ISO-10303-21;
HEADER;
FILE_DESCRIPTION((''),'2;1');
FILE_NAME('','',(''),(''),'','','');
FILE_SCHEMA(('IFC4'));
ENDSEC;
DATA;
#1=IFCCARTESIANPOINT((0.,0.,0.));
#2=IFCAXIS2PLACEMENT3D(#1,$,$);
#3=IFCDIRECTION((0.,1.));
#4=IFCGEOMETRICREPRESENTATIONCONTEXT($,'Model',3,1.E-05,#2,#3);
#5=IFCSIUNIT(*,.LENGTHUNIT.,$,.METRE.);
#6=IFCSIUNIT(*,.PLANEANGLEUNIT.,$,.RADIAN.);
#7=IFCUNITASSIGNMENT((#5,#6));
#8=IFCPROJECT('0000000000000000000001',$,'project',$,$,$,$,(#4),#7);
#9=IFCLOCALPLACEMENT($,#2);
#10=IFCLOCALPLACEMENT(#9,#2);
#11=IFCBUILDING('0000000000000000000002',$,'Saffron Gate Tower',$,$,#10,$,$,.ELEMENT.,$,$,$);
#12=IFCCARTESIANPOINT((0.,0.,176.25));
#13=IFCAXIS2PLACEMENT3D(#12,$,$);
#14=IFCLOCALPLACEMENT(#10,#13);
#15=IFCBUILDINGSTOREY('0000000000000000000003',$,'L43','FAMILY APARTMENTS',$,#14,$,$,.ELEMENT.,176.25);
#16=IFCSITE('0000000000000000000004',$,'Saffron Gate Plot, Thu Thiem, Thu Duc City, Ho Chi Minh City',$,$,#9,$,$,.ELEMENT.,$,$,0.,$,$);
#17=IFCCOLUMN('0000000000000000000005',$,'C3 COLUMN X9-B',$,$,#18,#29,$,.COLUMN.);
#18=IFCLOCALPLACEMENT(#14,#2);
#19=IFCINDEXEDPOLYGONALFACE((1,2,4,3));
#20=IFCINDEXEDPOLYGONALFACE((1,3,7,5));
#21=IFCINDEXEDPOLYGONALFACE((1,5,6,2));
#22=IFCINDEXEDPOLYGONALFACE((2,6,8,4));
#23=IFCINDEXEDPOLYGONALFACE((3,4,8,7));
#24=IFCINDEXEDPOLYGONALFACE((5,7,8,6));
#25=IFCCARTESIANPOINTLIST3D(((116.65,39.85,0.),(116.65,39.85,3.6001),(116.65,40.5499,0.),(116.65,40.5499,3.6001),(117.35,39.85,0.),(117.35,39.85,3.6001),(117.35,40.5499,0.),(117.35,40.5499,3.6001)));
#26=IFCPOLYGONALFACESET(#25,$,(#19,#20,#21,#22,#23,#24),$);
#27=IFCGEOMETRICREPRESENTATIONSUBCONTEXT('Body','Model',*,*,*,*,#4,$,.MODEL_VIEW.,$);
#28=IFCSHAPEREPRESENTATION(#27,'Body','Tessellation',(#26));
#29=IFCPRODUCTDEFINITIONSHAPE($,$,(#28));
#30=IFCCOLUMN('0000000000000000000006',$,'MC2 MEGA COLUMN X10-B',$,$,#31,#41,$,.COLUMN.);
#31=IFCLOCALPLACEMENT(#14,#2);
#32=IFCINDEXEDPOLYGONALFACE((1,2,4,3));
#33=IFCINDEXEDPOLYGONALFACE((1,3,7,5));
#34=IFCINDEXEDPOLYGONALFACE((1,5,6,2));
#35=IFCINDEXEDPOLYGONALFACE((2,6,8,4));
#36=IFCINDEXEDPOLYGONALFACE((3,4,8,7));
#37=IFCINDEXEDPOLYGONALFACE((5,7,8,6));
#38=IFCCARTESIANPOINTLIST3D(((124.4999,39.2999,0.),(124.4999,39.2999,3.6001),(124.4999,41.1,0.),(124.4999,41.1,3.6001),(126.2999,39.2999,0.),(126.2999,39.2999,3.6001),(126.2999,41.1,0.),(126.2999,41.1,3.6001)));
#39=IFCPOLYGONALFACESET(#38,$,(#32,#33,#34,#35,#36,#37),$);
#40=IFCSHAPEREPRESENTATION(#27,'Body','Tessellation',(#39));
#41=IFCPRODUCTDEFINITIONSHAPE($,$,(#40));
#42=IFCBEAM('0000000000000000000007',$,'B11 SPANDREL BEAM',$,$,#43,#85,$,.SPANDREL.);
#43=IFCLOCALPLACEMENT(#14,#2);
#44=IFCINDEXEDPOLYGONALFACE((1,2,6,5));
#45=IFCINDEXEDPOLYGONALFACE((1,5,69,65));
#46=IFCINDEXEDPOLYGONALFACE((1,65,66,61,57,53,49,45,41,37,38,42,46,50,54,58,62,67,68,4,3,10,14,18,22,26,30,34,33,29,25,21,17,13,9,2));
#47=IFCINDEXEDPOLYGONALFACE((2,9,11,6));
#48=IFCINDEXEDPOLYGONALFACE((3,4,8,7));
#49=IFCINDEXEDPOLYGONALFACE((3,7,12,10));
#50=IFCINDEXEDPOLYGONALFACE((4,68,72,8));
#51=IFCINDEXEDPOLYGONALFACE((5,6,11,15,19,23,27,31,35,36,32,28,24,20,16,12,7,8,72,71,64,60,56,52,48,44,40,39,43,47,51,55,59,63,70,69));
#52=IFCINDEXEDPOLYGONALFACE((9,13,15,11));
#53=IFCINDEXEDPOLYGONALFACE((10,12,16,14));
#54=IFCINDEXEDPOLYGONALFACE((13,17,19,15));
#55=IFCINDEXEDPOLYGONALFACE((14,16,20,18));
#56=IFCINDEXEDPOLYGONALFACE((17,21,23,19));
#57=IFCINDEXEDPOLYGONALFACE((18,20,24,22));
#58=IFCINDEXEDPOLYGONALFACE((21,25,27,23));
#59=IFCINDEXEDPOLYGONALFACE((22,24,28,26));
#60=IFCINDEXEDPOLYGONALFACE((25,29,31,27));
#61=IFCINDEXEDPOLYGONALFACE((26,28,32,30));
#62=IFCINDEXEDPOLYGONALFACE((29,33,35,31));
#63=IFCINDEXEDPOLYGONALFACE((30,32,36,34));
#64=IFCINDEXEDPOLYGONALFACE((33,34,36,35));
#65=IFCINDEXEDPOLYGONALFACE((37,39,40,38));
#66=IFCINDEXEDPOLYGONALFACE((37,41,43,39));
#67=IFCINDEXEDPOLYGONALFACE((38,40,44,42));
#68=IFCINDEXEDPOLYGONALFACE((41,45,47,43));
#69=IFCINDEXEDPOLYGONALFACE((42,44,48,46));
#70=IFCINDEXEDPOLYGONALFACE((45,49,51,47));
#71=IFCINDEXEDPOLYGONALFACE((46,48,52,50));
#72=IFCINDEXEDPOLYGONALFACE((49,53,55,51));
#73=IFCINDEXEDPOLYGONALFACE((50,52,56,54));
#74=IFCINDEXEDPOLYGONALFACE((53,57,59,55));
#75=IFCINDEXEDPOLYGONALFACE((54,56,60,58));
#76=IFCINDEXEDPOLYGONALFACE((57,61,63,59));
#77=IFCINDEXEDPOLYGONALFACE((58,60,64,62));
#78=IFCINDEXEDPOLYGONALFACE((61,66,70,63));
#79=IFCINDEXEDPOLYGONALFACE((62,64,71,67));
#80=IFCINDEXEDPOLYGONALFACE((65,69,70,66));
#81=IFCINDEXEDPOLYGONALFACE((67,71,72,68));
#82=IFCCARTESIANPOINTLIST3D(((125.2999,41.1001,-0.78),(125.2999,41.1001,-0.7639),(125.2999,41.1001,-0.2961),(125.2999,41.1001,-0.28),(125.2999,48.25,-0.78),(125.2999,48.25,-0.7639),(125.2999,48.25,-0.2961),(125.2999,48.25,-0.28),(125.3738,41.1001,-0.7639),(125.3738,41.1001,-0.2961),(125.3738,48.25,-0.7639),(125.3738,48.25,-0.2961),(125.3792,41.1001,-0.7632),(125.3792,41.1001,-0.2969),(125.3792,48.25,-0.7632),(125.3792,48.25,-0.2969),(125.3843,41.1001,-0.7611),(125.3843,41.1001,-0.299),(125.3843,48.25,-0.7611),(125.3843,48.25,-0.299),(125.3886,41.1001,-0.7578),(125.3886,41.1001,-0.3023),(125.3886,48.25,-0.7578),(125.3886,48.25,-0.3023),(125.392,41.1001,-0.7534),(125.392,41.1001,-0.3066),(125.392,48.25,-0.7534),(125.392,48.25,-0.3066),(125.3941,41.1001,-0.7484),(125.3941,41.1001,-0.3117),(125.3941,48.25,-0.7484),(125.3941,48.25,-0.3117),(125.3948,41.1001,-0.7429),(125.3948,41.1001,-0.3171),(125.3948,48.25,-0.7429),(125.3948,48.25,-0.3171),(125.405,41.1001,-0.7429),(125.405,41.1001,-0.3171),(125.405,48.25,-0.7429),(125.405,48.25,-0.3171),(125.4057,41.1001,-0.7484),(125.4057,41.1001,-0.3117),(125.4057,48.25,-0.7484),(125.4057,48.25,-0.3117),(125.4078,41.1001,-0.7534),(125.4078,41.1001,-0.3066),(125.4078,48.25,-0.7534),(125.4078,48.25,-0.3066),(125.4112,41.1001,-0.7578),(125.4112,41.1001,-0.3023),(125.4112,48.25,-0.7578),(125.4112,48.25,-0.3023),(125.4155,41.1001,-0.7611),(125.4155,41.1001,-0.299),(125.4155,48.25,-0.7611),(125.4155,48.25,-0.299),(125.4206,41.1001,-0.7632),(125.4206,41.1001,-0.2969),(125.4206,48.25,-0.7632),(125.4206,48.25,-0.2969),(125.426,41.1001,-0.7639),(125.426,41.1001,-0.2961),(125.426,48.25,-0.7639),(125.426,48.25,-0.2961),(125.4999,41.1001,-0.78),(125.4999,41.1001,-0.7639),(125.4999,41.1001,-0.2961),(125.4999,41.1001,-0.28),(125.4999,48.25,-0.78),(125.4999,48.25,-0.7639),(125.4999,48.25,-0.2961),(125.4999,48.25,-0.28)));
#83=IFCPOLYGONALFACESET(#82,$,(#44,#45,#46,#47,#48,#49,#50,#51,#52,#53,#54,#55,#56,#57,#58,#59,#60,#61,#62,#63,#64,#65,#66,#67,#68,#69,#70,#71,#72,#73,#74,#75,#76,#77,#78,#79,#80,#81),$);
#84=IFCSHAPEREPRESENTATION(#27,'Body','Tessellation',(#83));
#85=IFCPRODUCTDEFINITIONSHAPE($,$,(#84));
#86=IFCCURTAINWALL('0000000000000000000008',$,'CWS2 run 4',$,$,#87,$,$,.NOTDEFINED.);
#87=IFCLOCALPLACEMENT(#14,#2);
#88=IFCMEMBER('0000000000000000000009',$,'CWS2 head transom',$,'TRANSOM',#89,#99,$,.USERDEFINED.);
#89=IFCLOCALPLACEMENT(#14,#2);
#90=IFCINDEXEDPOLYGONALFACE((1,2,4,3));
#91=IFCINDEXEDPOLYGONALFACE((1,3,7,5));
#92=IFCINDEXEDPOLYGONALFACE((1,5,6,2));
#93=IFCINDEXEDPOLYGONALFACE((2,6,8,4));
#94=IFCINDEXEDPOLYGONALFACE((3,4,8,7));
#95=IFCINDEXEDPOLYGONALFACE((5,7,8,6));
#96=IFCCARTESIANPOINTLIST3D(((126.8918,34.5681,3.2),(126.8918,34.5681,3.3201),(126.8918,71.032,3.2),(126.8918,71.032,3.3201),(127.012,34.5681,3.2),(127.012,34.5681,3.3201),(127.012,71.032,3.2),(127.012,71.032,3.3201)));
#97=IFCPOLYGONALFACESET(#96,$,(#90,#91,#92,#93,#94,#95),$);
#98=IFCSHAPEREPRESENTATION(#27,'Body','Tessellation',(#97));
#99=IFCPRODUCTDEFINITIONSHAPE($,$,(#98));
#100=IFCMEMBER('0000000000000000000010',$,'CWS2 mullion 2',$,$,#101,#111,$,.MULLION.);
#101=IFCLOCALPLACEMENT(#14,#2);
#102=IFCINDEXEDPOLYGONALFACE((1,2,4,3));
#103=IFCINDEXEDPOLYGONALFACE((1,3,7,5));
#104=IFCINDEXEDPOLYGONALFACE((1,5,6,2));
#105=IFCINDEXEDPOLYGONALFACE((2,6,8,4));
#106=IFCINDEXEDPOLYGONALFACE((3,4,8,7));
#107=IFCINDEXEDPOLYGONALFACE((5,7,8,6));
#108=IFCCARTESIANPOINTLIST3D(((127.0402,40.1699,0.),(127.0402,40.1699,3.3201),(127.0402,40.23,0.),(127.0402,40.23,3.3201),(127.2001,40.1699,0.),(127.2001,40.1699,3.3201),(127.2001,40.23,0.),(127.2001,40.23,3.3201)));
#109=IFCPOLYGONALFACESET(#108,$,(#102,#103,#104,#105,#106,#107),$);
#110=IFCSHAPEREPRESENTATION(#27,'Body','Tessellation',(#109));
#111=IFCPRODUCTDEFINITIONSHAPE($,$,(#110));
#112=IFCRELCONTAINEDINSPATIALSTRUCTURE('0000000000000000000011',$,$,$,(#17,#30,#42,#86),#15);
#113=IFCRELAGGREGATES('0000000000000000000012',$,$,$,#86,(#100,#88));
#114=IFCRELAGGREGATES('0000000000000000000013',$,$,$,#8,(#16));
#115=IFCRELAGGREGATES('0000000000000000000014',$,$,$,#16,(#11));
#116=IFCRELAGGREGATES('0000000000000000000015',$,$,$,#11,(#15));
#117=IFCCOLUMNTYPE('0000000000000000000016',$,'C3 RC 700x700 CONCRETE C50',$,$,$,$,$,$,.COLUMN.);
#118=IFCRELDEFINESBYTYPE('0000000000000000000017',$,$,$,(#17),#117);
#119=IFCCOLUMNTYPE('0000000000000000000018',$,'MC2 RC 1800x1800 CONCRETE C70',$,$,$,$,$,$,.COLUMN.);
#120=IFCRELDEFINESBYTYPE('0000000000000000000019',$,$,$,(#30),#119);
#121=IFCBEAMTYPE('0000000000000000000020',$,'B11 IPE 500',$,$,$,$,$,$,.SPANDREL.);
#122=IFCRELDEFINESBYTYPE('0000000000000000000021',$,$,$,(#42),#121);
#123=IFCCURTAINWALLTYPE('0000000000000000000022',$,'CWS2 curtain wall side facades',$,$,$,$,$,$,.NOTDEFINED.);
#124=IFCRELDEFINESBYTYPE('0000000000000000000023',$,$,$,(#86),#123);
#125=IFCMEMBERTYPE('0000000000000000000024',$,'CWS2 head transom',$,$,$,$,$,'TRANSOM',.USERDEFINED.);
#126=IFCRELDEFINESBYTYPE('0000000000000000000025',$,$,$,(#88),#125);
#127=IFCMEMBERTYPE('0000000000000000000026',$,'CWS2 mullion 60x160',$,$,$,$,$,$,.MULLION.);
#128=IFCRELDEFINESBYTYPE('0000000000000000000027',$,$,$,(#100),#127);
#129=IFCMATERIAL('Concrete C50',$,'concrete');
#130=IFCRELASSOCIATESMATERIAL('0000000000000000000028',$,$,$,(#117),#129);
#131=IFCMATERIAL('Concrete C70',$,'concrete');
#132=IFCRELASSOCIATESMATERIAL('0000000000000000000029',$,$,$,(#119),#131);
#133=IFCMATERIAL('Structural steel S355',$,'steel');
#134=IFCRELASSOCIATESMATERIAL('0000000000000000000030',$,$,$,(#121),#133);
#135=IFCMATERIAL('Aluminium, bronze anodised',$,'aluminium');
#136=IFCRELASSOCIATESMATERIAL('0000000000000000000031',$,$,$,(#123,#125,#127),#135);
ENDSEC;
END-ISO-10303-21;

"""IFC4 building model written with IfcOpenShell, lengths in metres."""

from ifc_helpers import new_model, si_unit, direction, frame, origin, origin_2d, place, context, subcontext, project, spatial, rectangle, i_section, extrude, material, material_profile, profile_set, type_object, element, aggregate, save


model = new_model("IFC4")

# Units and contexts
model_context = context("Model", 3, precision=1e-05, world=origin(), true_north=direction((0.0, 1.0)))
body_context = subcontext(model_context, "Body", "Model", "MODEL_VIEW")
ifc_project = project(units=[si_unit("LENGTHUNIT", "METRE"), si_unit("PLANEANGLEUNIT", "RADIAN")], contexts=[model_context])

# Site, building, storey
site_placement = place(None, origin())
site = spatial("IfcSite", under=ifc_project, at=site_placement, Name="Saffron Gate Plot, Thu Thiem, Thu Duc City, Ho Chi Minh City", CompositionType="ELEMENT", RefElevation=0.0)
building_placement = place(site_placement, origin())
building = spatial("IfcBuilding", under=site, at=building_placement, Name="Saffron Gate Tower", CompositionType="ELEMENT")
storey_placement = place(building_placement, frame((0.0, 0.0, 176.25)))
storey = spatial("IfcBuildingStorey", under=building, at=storey_placement, Name="L43", Description="FAMILY APARTMENTS", CompositionType="ELEMENT", Elevation=176.25)

# Columns
ifc_material_1 = material(Name="Concrete C50", Category="concrete")
ifc_material_profile_1 = material_profile(ifc_material_1, rectangle(XDim=0.7, YDim=0.7, at=origin_2d()))
ifc_profile_set_1 = profile_set([ifc_material_profile_1], Name="Concrete C50")
column_type_1 = type_object("IfcColumnType", Name="C3 RC 700x700 CONCRETE C50", PredefinedType="COLUMN", material=ifc_profile_set_1)
column_1_placement = place(storey_placement, frame((117.0, 40.2, 0.0), z_axis=(0.0, 0.0, 1.0), x_axis=(1.0, 0.0, 0.0)))
element("IfcColumn", 1, at=column_1_placement, inside=storey, type_object=column_type_1, Name="C3 COLUMN X9-B", PredefinedType="COLUMN", context=body_context, shape_type="SweptSolid", body=[
    extrude(rectangle(XDim=0.7, YDim=0.7, at=origin_2d()), origin(), (0.0, 0.0, 1.0), 3.6001),
])
ifc_material_2 = material(Name="Concrete C70", Category="concrete")
ifc_material_profile_2 = material_profile(ifc_material_2, rectangle(XDim=1.8, YDim=1.8, at=origin_2d()))
ifc_profile_set_2 = profile_set([ifc_material_profile_2], Name="Concrete C70")
column_type_2 = type_object("IfcColumnType", Name="MC2 RC 1800x1800 CONCRETE C70", PredefinedType="COLUMN", material=ifc_profile_set_2)
column_2_placement = place(storey_placement, frame((125.3999, 40.2, 0.0), z_axis=(0.0, 0.0, 1.0), x_axis=(1.0, 0.0, 0.0)))
element("IfcColumn", 2, at=column_2_placement, inside=storey, type_object=column_type_2, Name="MC2 MEGA COLUMN X10-B", PredefinedType="COLUMN", context=body_context, shape_type="SweptSolid", body=[
    extrude(rectangle(XDim=1.8, YDim=1.8, at=origin_2d()), origin(), (0.0, 0.0, 1.0), 3.6001),
])

# Beam
ifc_material_3 = material(Name="Structural steel S355", Category="steel")
ifc_material_profile_3 = material_profile(ifc_material_3, i_section(OverallWidth=0.2, OverallDepth=0.5, WebThickness=0.0103, FlangeThickness=0.0161, FilletRadius=0.021, at=origin_2d()))
ifc_profile_set_3 = profile_set([ifc_material_profile_3], Name="Structural steel S355")
beam_type = type_object("IfcBeamType", Name="B11 IPE 500", PredefinedType="SPANDREL", material=ifc_profile_set_3)
beam_placement = place(storey_placement, frame((125.3999, 41.1001, -0.53), z_axis=(0.0, 1.0, 0.0), x_axis=(-1.0, 0.0, 0.0)))
element("IfcBeam", 3, at=beam_placement, inside=storey, type_object=beam_type, Name="B11 SPANDREL BEAM", PredefinedType="SPANDREL", context=body_context, shape_type="SweptSolid", body=[
    extrude(i_section(OverallWidth=0.2, OverallDepth=0.5, WebThickness=0.0103, FlangeThickness=0.0161, FilletRadius=0.021, at=origin_2d()), origin(), (0.0, 0.0, 1.0), 7.1499),
])

# Curtain wall, members
ifc_material_4 = material(Name="Aluminium, bronze anodised", Category="aluminium")
curtain_wall_type = type_object("IfcCurtainWallType", Name="CWS2 curtain wall side facades", PredefinedType="NOTDEFINED", material=ifc_material_4)
curtain_wall_placement = place(storey_placement, origin())
curtain_wall = element("IfcCurtainWall", 4, at=curtain_wall_placement, inside=storey, type_object=curtain_wall_type, Name="CWS2 run 4", PredefinedType="NOTDEFINED")
ifc_material_profile_4 = material_profile(ifc_material_4, rectangle(XDim=0.1201, YDim=0.1201, at=origin_2d()))
ifc_profile_set_4 = profile_set([ifc_material_profile_4], Name="Aluminium, bronze anodised")
member_type_1 = type_object("IfcMemberType", Name="CWS2 head transom", ElementType="TRANSOM", PredefinedType="USERDEFINED", material=ifc_profile_set_4)
member_1_placement = place(storey_placement, frame((126.9519, 34.5681, 3.26), z_axis=(0.0, 1.0, 0.0), x_axis=(-1.0, 0.0, 0.0)))
member_1 = element("IfcMember", 5, at=member_1_placement, type_object=member_type_1, Name="CWS2 head transom", ObjectType="TRANSOM", PredefinedType="USERDEFINED", context=body_context, shape_type="SweptSolid", body=[
    extrude(rectangle(XDim=0.1201, YDim=0.1201, at=origin_2d()), origin(), (0.0, 0.0, 1.0), 36.4639),
])
ifc_material_profile_5 = material_profile(ifc_material_4, rectangle(XDim=0.1599, YDim=0.0601, at=origin_2d()))
ifc_profile_set_5 = profile_set([ifc_material_profile_5], Name="Aluminium, bronze anodised")
member_type_2 = type_object("IfcMemberType", Name="CWS2 mullion 60x160", PredefinedType="MULLION", material=ifc_profile_set_5)
member_2_placement = place(storey_placement, frame((127.1201, 40.2, 0.0), z_axis=(0.0, 0.0, 1.0), x_axis=(-1.0, 0.0, 0.0)))
member_2 = element("IfcMember", 6, at=member_2_placement, type_object=member_type_2, Name="CWS2 mullion 2", PredefinedType="MULLION", context=body_context, shape_type="SweptSolid", body=[
    extrude(rectangle(XDim=0.1599, YDim=0.0601, at=origin_2d()), origin(), (0.0, 0.0, 1.0), 3.3201),
])
aggregate(curtain_wall, [member_2, member_1])

save(model, "model.ifc")
